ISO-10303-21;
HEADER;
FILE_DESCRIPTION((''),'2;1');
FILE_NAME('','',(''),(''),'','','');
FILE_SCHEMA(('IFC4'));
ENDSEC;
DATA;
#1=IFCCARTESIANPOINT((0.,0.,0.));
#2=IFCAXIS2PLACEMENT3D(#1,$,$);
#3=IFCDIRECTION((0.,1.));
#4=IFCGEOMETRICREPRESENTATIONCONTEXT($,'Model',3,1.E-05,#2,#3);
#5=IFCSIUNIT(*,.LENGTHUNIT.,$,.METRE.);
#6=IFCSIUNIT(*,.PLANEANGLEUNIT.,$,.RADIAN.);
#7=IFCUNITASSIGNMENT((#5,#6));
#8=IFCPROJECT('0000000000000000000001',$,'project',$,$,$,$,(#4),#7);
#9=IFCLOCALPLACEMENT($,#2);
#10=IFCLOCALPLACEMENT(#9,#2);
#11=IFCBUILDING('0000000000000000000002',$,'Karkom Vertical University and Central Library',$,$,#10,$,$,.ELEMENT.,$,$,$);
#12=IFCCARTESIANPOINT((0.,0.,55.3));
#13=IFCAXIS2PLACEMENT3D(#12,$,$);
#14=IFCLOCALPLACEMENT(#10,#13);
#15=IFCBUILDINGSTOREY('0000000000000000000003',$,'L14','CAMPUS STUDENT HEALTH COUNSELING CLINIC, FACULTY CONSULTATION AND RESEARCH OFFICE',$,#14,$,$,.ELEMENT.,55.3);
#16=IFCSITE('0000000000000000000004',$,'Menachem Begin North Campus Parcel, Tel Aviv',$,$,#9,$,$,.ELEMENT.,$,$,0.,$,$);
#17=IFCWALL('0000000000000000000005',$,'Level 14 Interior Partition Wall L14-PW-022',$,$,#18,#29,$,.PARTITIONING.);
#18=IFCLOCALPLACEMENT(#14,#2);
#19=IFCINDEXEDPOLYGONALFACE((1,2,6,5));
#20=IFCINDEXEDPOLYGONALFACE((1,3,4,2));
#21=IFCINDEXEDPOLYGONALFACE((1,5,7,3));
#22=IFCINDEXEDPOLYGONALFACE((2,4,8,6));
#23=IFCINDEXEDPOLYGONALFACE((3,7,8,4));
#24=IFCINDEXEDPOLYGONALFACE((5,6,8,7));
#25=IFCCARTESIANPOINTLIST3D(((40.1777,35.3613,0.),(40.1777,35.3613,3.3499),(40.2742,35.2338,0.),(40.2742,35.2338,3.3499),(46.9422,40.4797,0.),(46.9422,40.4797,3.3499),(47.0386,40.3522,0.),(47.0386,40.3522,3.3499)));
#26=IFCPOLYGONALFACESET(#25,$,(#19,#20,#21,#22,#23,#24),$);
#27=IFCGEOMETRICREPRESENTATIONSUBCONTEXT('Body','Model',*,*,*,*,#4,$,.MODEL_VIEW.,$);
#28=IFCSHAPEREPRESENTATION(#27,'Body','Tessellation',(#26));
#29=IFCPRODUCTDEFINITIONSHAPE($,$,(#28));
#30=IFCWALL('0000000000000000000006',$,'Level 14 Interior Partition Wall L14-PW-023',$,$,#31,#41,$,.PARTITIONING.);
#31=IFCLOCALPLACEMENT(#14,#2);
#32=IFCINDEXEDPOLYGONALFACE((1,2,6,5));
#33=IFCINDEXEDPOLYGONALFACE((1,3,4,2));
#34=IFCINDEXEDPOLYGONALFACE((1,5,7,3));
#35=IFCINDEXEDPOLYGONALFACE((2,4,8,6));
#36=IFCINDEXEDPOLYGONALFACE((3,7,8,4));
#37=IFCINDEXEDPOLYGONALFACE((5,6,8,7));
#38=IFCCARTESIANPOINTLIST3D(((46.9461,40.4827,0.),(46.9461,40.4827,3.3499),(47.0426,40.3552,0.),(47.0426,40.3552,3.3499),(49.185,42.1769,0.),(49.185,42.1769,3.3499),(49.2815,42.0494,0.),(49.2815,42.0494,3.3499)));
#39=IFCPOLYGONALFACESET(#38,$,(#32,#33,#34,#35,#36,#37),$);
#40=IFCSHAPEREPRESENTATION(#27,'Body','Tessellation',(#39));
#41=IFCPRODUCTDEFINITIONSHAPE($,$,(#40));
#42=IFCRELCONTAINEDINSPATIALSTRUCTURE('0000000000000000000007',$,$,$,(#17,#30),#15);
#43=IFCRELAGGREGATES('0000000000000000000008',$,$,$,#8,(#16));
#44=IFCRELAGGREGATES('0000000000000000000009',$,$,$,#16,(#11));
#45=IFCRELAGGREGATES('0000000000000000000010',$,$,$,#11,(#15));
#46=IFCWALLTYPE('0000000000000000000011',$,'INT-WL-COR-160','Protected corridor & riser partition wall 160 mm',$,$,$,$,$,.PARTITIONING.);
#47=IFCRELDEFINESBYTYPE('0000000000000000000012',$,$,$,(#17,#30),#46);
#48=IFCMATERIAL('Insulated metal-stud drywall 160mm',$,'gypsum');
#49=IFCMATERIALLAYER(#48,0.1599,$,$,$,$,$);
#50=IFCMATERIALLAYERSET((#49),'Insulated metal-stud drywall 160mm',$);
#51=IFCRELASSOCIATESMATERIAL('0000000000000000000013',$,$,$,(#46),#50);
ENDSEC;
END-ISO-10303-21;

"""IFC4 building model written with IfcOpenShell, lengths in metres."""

from ifc_helpers import new_model, si_unit, direction, frame, frame_2d, origin, place, context, subcontext, project, spatial, rectangle, extrude, material, layer, layer_set, type_object, element, save


model = new_model("IFC4")

# Units and contexts
model_context = context("Model", 3, precision=1e-05, world=origin(), true_north=direction((0.0, 1.0)))
body_context = subcontext(model_context, "Body", "Model", "MODEL_VIEW")
ifc_project = project(units=[si_unit("LENGTHUNIT", "METRE"), si_unit("PLANEANGLEUNIT", "RADIAN")], contexts=[model_context])

# Site, building, storey
site_placement = place(None, origin())
site = spatial("IfcSite", under=ifc_project, at=site_placement, Name="Menachem Begin North Campus Parcel, Tel Aviv", CompositionType="ELEMENT", RefElevation=0.0)
building_placement = place(site_placement, origin())
building = spatial("IfcBuilding", under=site, at=building_placement, Name="Karkom Vertical University and Central Library", CompositionType="ELEMENT")
storey_placement = place(building_placement, frame((0.0, 0.0, 55.3)))
storey = spatial("IfcBuildingStorey", under=building, at=storey_placement, Name="L14", Description="CAMPUS STUDENT HEALTH COUNSELING CLINIC, FACULTY CONSULTATION AND RESEARCH OFFICE", CompositionType="ELEMENT", Elevation=55.3)

# Shared definitions
ifc_material_1 = material(Name="Insulated metal-stud drywall 160mm", Category="gypsum")
ifc_layer_1 = layer(ifc_material_1, 0.1599)
ifc_layer_set_1 = layer_set([ifc_layer_1], Name="Insulated metal-stud drywall 160mm")
wall_type_1 = type_object("IfcWallType", Name="INT-WL-COR-160", Description="Protected corridor & riser partition wall 160 mm", PredefinedType="PARTITIONING", material=ifc_layer_set_1)

# Walls
wall_1_placement = place(storey_placement, frame((40.2261, 35.2976, 0.0), z_axis=(0.0, 0.0, 1.0), x_axis=(0.79744, 0.603398, 0.0)))
element("IfcWall", 1, at=wall_1_placement, inside=storey, type_object=wall_type_1, Name="Level 14 Interior Partition Wall L14-PW-022", PredefinedType="PARTITIONING", context=body_context, shape_type="SweptSolid", body=[
    extrude(rectangle(XDim=8.4827, YDim=0.1599, at=frame_2d((4.2412, 0.0))), origin(), (0.0, 0.0, 1.0), 3.3499),
])
wall_2_placement = place(storey_placement, frame((46.9944, 40.4189, 0.0), z_axis=(0.0, 0.0, 1.0), x_axis=(0.797426, 0.603417, 0.0)))
element("IfcWall", 2, at=wall_2_placement, inside=storey, type_object=wall_type_1, Name="Level 14 Interior Partition Wall L14-PW-023", PredefinedType="PARTITIONING", context=body_context, shape_type="SweptSolid", body=[
    extrude(rectangle(XDim=2.8076, YDim=0.1599, at=frame_2d((1.4038, 0.0))), origin(), (0.0, 0.0, 1.0), 3.3499),
])

save(model, "model.ifc")
